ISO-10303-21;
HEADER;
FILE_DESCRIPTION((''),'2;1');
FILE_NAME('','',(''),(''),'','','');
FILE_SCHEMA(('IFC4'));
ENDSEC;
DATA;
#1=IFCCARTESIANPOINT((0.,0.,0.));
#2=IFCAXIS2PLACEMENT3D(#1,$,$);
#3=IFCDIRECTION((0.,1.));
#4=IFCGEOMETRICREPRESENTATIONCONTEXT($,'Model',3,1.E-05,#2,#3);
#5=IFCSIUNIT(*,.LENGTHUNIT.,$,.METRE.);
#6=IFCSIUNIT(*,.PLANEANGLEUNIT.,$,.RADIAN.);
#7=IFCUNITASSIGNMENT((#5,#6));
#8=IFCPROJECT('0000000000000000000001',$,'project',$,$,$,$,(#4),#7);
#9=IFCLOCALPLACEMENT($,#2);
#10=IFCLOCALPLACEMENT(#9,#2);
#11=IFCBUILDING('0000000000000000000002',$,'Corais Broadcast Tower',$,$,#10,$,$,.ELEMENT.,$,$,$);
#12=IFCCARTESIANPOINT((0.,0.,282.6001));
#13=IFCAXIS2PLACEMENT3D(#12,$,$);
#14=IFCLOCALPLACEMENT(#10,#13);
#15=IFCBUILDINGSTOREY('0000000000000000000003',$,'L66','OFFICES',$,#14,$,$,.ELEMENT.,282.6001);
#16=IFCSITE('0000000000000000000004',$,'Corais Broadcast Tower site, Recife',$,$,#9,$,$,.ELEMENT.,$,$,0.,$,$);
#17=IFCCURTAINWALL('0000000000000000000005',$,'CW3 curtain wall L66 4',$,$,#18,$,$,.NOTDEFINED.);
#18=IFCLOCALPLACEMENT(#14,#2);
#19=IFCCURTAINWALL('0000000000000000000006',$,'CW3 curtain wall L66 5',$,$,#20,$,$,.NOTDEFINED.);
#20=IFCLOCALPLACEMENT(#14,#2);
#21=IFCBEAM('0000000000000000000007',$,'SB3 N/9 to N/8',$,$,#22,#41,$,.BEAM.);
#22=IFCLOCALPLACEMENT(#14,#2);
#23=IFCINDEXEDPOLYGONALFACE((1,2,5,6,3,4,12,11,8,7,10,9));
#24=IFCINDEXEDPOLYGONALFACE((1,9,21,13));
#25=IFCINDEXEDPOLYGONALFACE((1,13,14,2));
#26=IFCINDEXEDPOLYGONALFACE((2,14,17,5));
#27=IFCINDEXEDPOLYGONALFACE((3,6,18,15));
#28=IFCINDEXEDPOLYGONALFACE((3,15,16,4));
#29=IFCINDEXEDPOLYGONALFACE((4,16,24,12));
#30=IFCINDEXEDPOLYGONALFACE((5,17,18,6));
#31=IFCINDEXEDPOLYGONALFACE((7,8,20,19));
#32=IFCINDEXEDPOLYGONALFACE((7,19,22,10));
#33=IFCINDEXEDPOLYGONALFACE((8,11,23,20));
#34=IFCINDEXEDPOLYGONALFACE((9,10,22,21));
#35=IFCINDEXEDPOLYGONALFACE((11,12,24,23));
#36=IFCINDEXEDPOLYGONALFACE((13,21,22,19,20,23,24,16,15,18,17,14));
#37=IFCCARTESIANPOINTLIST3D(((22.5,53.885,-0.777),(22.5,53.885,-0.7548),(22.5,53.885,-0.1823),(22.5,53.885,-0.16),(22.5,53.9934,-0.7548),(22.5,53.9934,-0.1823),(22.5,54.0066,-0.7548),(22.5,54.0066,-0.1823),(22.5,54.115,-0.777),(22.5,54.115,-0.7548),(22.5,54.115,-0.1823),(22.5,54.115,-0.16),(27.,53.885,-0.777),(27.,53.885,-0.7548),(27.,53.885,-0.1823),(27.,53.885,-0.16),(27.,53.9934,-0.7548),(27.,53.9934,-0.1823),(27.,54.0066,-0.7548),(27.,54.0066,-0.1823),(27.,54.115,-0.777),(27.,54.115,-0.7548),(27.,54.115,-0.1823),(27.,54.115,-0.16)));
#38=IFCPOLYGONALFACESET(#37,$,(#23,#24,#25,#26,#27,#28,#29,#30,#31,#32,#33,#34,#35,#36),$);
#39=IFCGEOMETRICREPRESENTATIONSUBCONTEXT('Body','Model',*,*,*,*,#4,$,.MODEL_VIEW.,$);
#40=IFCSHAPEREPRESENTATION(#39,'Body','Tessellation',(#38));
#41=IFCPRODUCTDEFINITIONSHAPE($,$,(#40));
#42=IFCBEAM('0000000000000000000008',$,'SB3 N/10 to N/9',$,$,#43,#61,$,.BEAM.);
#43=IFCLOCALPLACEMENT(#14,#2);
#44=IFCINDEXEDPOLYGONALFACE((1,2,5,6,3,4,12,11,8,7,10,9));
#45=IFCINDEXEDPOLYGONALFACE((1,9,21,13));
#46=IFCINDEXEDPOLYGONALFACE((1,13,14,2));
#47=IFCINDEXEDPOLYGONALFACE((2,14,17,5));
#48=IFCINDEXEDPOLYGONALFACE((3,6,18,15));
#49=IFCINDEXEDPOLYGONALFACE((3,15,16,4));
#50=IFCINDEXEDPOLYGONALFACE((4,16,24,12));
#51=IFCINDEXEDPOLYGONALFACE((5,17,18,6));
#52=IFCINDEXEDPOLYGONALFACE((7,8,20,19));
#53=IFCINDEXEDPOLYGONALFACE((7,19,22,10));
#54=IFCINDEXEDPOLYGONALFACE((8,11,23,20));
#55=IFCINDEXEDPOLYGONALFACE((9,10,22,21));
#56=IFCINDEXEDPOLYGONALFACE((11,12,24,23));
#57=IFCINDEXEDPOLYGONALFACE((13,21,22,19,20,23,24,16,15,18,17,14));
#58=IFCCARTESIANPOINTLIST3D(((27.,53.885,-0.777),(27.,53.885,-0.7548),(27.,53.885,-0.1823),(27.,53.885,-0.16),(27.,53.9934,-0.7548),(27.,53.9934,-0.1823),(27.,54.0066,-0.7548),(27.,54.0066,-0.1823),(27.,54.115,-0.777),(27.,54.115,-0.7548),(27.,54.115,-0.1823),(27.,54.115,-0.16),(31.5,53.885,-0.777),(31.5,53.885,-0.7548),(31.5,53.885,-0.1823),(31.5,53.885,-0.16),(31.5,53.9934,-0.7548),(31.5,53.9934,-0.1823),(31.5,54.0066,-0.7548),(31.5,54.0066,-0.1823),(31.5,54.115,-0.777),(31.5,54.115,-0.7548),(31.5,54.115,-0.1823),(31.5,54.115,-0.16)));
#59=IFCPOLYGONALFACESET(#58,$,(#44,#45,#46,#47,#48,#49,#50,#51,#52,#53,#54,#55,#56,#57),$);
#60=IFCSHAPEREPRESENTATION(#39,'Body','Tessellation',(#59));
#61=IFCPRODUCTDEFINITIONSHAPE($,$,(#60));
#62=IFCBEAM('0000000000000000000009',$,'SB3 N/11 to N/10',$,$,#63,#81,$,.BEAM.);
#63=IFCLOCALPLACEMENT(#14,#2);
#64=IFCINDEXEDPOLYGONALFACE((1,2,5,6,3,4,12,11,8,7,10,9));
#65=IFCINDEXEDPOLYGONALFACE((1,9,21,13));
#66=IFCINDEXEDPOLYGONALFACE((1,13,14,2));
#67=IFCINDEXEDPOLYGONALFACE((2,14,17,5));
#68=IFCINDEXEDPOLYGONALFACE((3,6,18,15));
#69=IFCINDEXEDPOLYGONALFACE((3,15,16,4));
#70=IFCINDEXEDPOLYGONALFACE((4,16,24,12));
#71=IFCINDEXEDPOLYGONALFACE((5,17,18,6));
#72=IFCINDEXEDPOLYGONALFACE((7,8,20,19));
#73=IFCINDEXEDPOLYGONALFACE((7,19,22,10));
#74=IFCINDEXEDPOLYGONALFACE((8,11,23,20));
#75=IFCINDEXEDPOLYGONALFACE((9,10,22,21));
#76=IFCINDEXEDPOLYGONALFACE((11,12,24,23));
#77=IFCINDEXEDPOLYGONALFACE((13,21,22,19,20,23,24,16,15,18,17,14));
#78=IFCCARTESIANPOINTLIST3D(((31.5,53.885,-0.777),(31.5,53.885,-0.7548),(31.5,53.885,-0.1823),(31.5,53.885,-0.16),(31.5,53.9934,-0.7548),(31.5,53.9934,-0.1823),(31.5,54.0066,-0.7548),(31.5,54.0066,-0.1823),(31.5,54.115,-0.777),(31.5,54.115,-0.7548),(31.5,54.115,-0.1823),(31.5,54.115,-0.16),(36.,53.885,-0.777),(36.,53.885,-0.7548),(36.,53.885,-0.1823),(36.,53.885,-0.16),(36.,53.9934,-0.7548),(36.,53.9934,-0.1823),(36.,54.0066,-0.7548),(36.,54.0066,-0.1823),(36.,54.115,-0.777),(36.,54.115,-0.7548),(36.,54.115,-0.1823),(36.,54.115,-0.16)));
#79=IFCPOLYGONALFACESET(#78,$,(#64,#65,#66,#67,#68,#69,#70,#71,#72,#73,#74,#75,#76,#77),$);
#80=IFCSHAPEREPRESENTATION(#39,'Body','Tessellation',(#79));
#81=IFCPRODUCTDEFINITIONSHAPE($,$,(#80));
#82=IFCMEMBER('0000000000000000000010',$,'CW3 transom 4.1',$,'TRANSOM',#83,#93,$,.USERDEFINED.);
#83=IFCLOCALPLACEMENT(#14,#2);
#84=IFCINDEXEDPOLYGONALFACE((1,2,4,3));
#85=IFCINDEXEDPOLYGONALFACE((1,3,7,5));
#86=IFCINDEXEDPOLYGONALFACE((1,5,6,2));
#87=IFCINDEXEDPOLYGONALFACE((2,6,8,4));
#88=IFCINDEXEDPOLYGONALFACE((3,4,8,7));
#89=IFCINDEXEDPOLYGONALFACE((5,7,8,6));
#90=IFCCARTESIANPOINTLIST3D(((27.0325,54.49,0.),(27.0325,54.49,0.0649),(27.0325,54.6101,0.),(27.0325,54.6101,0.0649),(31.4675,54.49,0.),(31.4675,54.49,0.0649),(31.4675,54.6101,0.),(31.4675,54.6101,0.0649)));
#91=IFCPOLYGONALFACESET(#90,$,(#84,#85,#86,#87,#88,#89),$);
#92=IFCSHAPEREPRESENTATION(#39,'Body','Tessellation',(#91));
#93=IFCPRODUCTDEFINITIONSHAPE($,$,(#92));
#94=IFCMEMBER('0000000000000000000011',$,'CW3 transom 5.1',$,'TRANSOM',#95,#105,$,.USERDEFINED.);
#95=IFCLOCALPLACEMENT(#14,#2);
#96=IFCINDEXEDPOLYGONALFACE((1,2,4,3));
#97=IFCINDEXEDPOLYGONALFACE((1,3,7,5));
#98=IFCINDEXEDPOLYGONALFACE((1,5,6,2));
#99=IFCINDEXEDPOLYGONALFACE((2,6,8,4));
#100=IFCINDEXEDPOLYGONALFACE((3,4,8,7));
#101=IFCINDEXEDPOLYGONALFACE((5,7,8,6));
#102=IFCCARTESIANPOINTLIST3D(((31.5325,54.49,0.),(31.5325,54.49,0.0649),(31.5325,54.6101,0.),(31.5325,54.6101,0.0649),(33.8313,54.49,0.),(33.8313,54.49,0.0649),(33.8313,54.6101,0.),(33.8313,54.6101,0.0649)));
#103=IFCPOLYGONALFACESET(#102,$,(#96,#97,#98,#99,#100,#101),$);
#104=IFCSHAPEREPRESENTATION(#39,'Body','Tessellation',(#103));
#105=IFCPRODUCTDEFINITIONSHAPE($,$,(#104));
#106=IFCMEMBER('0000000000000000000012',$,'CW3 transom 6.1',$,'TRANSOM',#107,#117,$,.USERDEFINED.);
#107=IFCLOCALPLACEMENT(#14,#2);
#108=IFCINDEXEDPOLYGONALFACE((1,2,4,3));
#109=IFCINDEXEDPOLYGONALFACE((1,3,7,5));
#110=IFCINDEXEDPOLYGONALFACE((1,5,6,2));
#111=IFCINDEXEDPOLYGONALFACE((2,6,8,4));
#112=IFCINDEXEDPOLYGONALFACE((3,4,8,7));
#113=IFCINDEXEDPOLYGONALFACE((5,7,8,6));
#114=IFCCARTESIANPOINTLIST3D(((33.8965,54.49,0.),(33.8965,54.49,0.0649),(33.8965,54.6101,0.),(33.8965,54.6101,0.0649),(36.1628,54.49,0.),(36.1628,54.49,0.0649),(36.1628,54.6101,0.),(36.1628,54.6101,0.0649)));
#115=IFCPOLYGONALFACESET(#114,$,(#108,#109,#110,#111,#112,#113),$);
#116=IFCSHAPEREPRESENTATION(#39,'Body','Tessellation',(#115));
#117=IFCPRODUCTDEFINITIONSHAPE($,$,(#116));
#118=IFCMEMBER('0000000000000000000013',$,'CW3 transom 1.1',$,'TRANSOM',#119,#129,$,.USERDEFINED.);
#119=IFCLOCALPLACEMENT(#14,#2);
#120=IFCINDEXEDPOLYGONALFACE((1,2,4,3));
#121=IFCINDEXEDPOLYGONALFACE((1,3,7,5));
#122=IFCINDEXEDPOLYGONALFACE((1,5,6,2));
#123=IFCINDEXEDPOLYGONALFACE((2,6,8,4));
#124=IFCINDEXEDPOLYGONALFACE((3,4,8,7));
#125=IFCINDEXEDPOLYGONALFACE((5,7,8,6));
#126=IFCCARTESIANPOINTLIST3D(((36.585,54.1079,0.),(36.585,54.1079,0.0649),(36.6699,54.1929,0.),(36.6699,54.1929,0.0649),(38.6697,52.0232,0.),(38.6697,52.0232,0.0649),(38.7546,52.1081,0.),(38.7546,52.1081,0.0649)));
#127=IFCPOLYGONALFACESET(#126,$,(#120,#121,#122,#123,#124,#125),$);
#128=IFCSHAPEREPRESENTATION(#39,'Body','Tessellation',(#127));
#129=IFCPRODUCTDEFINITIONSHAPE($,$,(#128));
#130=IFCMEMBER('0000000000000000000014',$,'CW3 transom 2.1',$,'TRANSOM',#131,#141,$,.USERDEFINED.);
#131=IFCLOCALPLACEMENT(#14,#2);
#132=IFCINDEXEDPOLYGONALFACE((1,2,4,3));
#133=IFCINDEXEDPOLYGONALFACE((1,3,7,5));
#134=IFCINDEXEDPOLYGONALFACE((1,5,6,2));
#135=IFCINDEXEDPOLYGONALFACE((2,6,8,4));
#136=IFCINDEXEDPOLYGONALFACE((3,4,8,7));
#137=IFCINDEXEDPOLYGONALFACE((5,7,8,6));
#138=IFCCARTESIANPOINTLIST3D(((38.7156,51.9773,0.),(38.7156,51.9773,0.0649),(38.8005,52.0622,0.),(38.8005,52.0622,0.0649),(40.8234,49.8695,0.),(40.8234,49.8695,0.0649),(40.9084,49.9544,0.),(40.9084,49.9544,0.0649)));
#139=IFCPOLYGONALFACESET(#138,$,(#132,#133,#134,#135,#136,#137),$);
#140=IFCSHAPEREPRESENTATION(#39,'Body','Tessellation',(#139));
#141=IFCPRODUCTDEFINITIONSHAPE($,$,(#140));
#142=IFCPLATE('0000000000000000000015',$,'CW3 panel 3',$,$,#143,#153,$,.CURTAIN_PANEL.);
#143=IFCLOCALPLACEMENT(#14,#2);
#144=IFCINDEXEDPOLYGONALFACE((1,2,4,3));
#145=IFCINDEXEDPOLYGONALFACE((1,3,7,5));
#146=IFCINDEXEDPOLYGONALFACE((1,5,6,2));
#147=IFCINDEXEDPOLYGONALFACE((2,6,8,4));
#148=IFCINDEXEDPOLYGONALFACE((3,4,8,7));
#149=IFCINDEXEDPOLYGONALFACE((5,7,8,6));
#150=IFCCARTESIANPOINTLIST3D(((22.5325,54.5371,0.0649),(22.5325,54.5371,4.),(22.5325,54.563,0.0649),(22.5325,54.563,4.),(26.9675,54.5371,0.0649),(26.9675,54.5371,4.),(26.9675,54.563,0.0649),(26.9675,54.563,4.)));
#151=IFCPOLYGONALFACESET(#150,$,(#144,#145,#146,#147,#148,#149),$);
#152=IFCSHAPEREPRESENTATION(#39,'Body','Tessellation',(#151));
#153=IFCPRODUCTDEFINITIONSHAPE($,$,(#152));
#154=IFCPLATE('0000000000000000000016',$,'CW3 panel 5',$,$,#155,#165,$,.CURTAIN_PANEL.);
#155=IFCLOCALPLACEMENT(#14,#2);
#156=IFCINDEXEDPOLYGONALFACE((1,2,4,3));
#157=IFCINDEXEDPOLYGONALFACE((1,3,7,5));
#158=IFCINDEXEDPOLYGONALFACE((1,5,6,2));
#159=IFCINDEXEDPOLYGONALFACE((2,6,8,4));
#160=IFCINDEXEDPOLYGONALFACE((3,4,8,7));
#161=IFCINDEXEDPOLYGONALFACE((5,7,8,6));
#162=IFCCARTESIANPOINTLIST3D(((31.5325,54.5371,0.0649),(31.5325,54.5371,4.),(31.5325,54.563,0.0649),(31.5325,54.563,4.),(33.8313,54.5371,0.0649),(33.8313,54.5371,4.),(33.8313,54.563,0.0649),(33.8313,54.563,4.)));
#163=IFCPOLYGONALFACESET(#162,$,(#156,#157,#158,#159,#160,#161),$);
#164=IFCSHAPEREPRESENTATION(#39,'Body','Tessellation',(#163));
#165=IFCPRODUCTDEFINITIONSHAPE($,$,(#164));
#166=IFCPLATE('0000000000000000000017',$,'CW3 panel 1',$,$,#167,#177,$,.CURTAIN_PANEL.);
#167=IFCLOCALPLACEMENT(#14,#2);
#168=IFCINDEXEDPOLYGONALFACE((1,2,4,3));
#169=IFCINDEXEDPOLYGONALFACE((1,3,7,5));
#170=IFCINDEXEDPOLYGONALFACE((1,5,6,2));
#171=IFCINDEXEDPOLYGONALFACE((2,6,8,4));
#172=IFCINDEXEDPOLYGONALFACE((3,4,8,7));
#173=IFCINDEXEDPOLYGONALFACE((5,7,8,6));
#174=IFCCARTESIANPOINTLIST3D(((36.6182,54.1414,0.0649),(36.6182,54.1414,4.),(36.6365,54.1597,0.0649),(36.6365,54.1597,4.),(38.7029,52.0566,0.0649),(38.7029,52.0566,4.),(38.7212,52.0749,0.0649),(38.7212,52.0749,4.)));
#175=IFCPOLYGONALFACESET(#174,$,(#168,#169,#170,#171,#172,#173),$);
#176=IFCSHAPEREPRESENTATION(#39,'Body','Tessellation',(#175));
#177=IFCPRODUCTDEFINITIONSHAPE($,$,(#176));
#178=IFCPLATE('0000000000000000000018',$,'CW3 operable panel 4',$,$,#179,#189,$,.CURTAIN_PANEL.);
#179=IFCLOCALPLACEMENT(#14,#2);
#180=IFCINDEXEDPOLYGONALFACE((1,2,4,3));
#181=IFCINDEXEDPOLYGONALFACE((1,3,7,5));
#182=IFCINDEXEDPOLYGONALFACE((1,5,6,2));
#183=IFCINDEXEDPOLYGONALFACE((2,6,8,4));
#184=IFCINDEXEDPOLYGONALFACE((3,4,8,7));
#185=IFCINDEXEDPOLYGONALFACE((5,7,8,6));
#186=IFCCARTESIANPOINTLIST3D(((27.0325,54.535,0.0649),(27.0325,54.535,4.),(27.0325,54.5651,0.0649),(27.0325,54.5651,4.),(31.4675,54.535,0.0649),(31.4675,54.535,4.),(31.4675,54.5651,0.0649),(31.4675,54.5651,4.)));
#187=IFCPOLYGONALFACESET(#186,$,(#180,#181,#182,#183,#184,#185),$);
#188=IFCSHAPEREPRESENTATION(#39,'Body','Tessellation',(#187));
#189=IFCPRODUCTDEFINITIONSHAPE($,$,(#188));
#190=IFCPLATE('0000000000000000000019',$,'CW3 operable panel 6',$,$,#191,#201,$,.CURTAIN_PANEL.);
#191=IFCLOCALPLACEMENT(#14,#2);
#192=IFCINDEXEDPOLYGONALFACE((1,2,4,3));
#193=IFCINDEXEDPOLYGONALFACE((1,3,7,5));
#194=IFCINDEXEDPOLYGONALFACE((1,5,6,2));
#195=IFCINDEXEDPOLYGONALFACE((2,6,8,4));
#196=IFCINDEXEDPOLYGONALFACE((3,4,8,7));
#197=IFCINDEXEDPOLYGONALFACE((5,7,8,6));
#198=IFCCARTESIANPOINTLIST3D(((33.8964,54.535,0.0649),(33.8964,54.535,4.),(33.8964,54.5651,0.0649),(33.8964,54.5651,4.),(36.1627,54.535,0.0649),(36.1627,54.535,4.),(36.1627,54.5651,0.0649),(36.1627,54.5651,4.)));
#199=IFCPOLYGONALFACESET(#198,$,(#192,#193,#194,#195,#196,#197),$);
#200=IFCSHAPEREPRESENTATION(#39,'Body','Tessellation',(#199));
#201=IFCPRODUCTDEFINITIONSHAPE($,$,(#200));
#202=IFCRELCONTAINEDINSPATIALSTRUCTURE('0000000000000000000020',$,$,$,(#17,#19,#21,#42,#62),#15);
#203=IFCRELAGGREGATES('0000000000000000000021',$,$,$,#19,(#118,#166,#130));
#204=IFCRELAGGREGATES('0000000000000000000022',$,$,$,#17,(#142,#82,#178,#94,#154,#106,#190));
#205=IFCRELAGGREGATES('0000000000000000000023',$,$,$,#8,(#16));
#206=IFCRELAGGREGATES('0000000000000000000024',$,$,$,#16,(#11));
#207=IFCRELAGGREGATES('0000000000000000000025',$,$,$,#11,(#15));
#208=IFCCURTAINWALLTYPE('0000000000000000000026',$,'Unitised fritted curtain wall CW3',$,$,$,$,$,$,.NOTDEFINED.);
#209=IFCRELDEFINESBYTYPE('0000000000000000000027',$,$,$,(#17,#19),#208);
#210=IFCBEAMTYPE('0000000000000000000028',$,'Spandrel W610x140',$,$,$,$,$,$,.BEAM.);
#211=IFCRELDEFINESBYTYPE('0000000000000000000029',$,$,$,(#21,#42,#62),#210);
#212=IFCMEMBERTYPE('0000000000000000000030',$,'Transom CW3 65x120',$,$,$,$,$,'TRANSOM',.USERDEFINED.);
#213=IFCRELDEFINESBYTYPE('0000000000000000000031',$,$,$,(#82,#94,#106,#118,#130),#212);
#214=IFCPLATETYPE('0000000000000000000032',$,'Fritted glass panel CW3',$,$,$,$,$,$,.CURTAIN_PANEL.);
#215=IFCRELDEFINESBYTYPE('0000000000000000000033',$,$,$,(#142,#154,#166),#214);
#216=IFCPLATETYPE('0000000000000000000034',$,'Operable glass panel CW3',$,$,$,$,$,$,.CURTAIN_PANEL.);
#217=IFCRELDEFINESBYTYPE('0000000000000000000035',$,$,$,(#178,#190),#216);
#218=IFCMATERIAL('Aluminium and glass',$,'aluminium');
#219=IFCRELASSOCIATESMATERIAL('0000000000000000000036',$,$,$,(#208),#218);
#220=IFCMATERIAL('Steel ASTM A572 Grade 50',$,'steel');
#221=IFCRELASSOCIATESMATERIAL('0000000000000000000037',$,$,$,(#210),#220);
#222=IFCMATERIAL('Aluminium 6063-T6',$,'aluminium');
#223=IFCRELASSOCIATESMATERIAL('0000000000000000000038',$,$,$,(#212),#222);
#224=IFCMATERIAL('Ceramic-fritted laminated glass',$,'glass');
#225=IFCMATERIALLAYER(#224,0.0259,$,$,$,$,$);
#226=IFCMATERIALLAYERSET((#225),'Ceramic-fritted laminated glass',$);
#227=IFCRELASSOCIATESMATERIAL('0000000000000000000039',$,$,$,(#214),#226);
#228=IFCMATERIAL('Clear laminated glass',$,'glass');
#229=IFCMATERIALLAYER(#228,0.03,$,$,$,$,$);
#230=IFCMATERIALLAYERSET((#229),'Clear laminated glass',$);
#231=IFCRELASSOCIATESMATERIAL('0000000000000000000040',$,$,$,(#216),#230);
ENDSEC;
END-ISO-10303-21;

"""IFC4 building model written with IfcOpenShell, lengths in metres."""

from ifc_helpers import new_model, si_unit, direction, frame, origin, origin_2d, place, context, subcontext, project, spatial, rectangle, i_section, extrude, material, layer, layer_set, material_profile, profile_set, type_object, element, aggregate, save


model = new_model("IFC4")

# Units and contexts
model_context = context("Model", 3, precision=1e-05, world=origin(), true_north=direction((0.0, 1.0)))
body_context = subcontext(model_context, "Body", "Model", "MODEL_VIEW")
ifc_project = project(units=[si_unit("LENGTHUNIT", "METRE"), si_unit("PLANEANGLEUNIT", "RADIAN")], contexts=[model_context])

# Site, building, storey
site_placement = place(None, origin())
site = spatial("IfcSite", under=ifc_project, at=site_placement, Name="Corais Broadcast Tower site, Recife", CompositionType="ELEMENT", RefElevation=0.0)
building_placement = place(site_placement, origin())
building = spatial("IfcBuilding", under=site, at=building_placement, Name="Corais Broadcast Tower", CompositionType="ELEMENT")
storey_placement = place(building_placement, frame((0.0, 0.0, 282.6001)))
storey = spatial("IfcBuildingStorey", under=building, at=storey_placement, Name="L66", Description="OFFICES", CompositionType="ELEMENT", Elevation=282.6001)

# Curtain walls
ifc_material_1 = material(Name="Aluminium and glass", Category="aluminium")
curtain_wall_type = type_object("IfcCurtainWallType", Name="Unitised fritted curtain wall CW3", PredefinedType="NOTDEFINED", material=ifc_material_1)
curtain_wall_1_placement = place(storey_placement, origin())
curtain_wall_1 = element("IfcCurtainWall", 1, at=curtain_wall_1_placement, inside=storey, type_object=curtain_wall_type, Name="CW3 curtain wall L66 4", PredefinedType="NOTDEFINED")
curtain_wall_2_placement = place(storey_placement, origin())
curtain_wall_2 = element("IfcCurtainWall", 2, at=curtain_wall_2_placement, inside=storey, type_object=curtain_wall_type, Name="CW3 curtain wall L66 5", PredefinedType="NOTDEFINED")

# Beams
ifc_material_2 = material(Name="Steel ASTM A572 Grade 50", Category="steel")
ifc_material_profile_1 = material_profile(ifc_material_2, i_section(OverallWidth=0.23, OverallDepth=0.6169, WebThickness=0.0132, FlangeThickness=0.0222, at=origin_2d()), Name="W610x140")
ifc_profile_set_1 = profile_set([ifc_material_profile_1], Name="Steel ASTM A572 Grade 50")
beam_type_1 = type_object("IfcBeamType", Name="Spandrel W610x140", PredefinedType="BEAM", material=ifc_profile_set_1)
for number, where, z_axis, x_axis, name in (
    (3, (27.0, 54.0, -0.4685), (-1.0, 0.0, 0.0), (0.0, -1.0, 0.0), "SB3 N/9 to N/8"),
    (4, (31.5, 54.0, -0.4685), (-1.0, 0.0, 0.0), (0.0, -1.0, 0.0), "SB3 N/10 to N/9"),
    (5, (36.0, 54.0, -0.4685), (-1.0, 0.0, 0.0), (0.0, -1.0, 0.0), "SB3 N/11 to N/10"),
):
    element("IfcBeam", number, at=place(storey_placement, frame(where, z_axis=z_axis, x_axis=x_axis)), inside=storey, type_object=beam_type_1, Name=name, PredefinedType="BEAM", context=body_context, shape_type="SweptSolid", body=[
        extrude(i_section(OverallWidth=0.23, OverallDepth=0.6169, WebThickness=0.0132, FlangeThickness=0.0222, at=origin_2d()), origin(), (0.0, 0.0, 1.0), 4.5),
    ])

# Members
ifc_material_3 = material(Name="Aluminium 6063-T6", Category="aluminium")
ifc_material_profile_2 = material_profile(ifc_material_3, rectangle(XDim=0.1201, YDim=0.0649, at=origin_2d()), Name="Transom CW3 65x120")
ifc_profile_set_2 = profile_set([ifc_material_profile_2], Name="Aluminium 6063-T6")
member_type_1 = type_object("IfcMemberType", Name="Transom CW3 65x120", ElementType="TRANSOM", PredefinedType="USERDEFINED", material=ifc_profile_set_2)
member_1_placement = place(storey_placement, frame((27.0325, 54.55, 0.0325), z_axis=(1.0, 0.0, 0.0), x_axis=(0.0, 1.0, 0.0)))
member_1 = element("IfcMember", 6, at=member_1_placement, type_object=member_type_1, Name="CW3 transom 4.1", ObjectType="TRANSOM", PredefinedType="USERDEFINED", context=body_context, shape_type="SweptSolid", body=[
    extrude(rectangle(XDim=0.1201, YDim=0.0649, at=origin_2d()), origin(), (0.0, 0.0, 1.0), 4.4351),
])
member_2_placement = place(storey_placement, frame((31.5325, 54.55, 0.0325), z_axis=(1.0, 0.0, 0.0), x_axis=(0.0, 1.0, 0.0)))
member_2 = element("IfcMember", 7, at=member_2_placement, type_object=member_type_1, Name="CW3 transom 5.1", ObjectType="TRANSOM", PredefinedType="USERDEFINED", context=body_context, shape_type="SweptSolid", body=[
    extrude(rectangle(XDim=0.1201, YDim=0.0649, at=origin_2d()), origin(), (0.0, 0.0, 1.0), 2.2988),
])
member_3_placement = place(storey_placement, frame((33.8965, 54.55, 0.0325), z_axis=(1.0, 0.0, 0.0), x_axis=(0.0, 1.0, 0.0)))
member_3 = element("IfcMember", 8, at=member_3_placement, type_object=member_type_1, Name="CW3 transom 6.1", ObjectType="TRANSOM", PredefinedType="USERDEFINED", context=body_context, shape_type="SweptSolid", body=[
    extrude(rectangle(XDim=0.1201, YDim=0.0649, at=origin_2d()), origin(), (0.0, 0.0, 1.0), 2.2664),
])
member_4_placement = place(storey_placement, frame((36.6274, 54.1504, 0.0325), z_axis=(0.707107, -0.707107, 0.0), x_axis=(0.707107, 0.707107, 0.0)))
member_4 = element("IfcMember", 9, at=member_4_placement, type_object=member_type_1, Name="CW3 transom 1.1", ObjectType="TRANSOM", PredefinedType="USERDEFINED", context=body_context, shape_type="SweptSolid", body=[
    extrude(rectangle(XDim=0.1201, YDim=0.0649, at=origin_2d()), origin(), (0.0, 0.0, 1.0), 2.9482),
])
member_5_placement = place(storey_placement, frame((38.7581, 52.0198, 0.0325), z_axis=(0.707107, -0.707107, 0.0), x_axis=(0.707107, 0.707107, 0.0)))
member_5 = element("IfcMember", 10, at=member_5_placement, type_object=member_type_1, Name="CW3 transom 2.1", ObjectType="TRANSOM", PredefinedType="USERDEFINED", context=body_context, shape_type="SweptSolid", body=[
    extrude(rectangle(XDim=0.1201, YDim=0.0649, at=origin_2d()), origin(), (0.0, 0.0, 1.0), 2.981),
])

# Plates
ifc_material_4 = material(Name="Ceramic-fritted laminated glass", Category="glass")
ifc_layer_1 = layer(ifc_material_4, 0.0259)
ifc_layer_set_1 = layer_set([ifc_layer_1], Name="Ceramic-fritted laminated glass")
plate_type_1 = type_object("IfcPlateType", Name="Fritted glass panel CW3", PredefinedType="CURTAIN_PANEL", material=ifc_layer_set_1)
plate_1_placement = place(storey_placement, frame((24.75, 54.55, 0.0649), z_axis=(0.0, 0.0, 1.0), x_axis=(1.0, 0.0, 0.0)))
plate_1 = element("IfcPlate", 11, at=plate_1_placement, type_object=plate_type_1, Name="CW3 panel 3", PredefinedType="CURTAIN_PANEL", context=body_context, shape_type="SweptSolid", body=[
    extrude(rectangle(XDim=4.4351, YDim=0.0259, at=origin_2d()), origin(), (0.0, 0.0, 1.0), 3.9351),
])
plate_2_placement = place(storey_placement, frame((32.6819, 54.55, 0.0649), z_axis=(0.0, 0.0, 1.0), x_axis=(1.0, 0.0, 0.0)))
plate_2 = element("IfcPlate", 12, at=plate_2_placement, type_object=plate_type_1, Name="CW3 panel 5", PredefinedType="CURTAIN_PANEL", context=body_context, shape_type="SweptSolid", body=[
    extrude(rectangle(XDim=2.2988, YDim=0.0259, at=origin_2d()), origin(), (0.0, 0.0, 1.0), 3.9351),
])
plate_3_placement = place(storey_placement, frame((37.6697, 53.1082, 0.0649), z_axis=(0.0, 0.0, 1.0), x_axis=(0.707107, -0.707107, 0.0)))
plate_3 = element("IfcPlate", 13, at=plate_3_placement, type_object=plate_type_1, Name="CW3 panel 1", PredefinedType="CURTAIN_PANEL", context=body_context, shape_type="SweptSolid", body=[
    extrude(rectangle(XDim=2.9482, YDim=0.0259, at=origin_2d()), origin(), (0.0, 0.0, 1.0), 3.9351),
])
aggregate(curtain_wall_2, [member_4, plate_3, member_5])
ifc_material_5 = material(Name="Clear laminated glass", Category="glass")
ifc_layer_2 = layer(ifc_material_5, 0.03)
ifc_layer_set_2 = layer_set([ifc_layer_2], Name="Clear laminated glass")
plate_type_2 = type_object("IfcPlateType", Name="Operable glass panel CW3", PredefinedType="CURTAIN_PANEL", material=ifc_layer_set_2)
plate_4_placement = place(storey_placement, frame((29.25, 54.55, 0.0649), z_axis=(0.0, 0.0, 1.0), x_axis=(1.0, 0.0, 0.0)))
plate_4 = element("IfcPlate", 14, at=plate_4_placement, type_object=plate_type_2, Name="CW3 operable panel 4", PredefinedType="CURTAIN_PANEL", context=body_context, shape_type="SweptSolid", body=[
    extrude(rectangle(XDim=4.4351, YDim=0.03, at=origin_2d()), origin(), (0.0, 0.0, 1.0), 3.9351),
])
plate_5_placement = place(storey_placement, frame((35.0295, 54.55, 0.0649), z_axis=(0.0, 0.0, 1.0), x_axis=(1.0, 0.0, 0.0)))
plate_5 = element("IfcPlate", 15, at=plate_5_placement, type_object=plate_type_2, Name="CW3 operable panel 6", PredefinedType="CURTAIN_PANEL", context=body_context, shape_type="SweptSolid", body=[
    extrude(rectangle(XDim=2.2664, YDim=0.03, at=origin_2d()), origin(), (0.0, 0.0, 1.0), 3.9351),
])
aggregate(curtain_wall_1, [plate_1, member_1, plate_4, member_2, plate_2, member_3, plate_5])

save(model, "model.ifc")
